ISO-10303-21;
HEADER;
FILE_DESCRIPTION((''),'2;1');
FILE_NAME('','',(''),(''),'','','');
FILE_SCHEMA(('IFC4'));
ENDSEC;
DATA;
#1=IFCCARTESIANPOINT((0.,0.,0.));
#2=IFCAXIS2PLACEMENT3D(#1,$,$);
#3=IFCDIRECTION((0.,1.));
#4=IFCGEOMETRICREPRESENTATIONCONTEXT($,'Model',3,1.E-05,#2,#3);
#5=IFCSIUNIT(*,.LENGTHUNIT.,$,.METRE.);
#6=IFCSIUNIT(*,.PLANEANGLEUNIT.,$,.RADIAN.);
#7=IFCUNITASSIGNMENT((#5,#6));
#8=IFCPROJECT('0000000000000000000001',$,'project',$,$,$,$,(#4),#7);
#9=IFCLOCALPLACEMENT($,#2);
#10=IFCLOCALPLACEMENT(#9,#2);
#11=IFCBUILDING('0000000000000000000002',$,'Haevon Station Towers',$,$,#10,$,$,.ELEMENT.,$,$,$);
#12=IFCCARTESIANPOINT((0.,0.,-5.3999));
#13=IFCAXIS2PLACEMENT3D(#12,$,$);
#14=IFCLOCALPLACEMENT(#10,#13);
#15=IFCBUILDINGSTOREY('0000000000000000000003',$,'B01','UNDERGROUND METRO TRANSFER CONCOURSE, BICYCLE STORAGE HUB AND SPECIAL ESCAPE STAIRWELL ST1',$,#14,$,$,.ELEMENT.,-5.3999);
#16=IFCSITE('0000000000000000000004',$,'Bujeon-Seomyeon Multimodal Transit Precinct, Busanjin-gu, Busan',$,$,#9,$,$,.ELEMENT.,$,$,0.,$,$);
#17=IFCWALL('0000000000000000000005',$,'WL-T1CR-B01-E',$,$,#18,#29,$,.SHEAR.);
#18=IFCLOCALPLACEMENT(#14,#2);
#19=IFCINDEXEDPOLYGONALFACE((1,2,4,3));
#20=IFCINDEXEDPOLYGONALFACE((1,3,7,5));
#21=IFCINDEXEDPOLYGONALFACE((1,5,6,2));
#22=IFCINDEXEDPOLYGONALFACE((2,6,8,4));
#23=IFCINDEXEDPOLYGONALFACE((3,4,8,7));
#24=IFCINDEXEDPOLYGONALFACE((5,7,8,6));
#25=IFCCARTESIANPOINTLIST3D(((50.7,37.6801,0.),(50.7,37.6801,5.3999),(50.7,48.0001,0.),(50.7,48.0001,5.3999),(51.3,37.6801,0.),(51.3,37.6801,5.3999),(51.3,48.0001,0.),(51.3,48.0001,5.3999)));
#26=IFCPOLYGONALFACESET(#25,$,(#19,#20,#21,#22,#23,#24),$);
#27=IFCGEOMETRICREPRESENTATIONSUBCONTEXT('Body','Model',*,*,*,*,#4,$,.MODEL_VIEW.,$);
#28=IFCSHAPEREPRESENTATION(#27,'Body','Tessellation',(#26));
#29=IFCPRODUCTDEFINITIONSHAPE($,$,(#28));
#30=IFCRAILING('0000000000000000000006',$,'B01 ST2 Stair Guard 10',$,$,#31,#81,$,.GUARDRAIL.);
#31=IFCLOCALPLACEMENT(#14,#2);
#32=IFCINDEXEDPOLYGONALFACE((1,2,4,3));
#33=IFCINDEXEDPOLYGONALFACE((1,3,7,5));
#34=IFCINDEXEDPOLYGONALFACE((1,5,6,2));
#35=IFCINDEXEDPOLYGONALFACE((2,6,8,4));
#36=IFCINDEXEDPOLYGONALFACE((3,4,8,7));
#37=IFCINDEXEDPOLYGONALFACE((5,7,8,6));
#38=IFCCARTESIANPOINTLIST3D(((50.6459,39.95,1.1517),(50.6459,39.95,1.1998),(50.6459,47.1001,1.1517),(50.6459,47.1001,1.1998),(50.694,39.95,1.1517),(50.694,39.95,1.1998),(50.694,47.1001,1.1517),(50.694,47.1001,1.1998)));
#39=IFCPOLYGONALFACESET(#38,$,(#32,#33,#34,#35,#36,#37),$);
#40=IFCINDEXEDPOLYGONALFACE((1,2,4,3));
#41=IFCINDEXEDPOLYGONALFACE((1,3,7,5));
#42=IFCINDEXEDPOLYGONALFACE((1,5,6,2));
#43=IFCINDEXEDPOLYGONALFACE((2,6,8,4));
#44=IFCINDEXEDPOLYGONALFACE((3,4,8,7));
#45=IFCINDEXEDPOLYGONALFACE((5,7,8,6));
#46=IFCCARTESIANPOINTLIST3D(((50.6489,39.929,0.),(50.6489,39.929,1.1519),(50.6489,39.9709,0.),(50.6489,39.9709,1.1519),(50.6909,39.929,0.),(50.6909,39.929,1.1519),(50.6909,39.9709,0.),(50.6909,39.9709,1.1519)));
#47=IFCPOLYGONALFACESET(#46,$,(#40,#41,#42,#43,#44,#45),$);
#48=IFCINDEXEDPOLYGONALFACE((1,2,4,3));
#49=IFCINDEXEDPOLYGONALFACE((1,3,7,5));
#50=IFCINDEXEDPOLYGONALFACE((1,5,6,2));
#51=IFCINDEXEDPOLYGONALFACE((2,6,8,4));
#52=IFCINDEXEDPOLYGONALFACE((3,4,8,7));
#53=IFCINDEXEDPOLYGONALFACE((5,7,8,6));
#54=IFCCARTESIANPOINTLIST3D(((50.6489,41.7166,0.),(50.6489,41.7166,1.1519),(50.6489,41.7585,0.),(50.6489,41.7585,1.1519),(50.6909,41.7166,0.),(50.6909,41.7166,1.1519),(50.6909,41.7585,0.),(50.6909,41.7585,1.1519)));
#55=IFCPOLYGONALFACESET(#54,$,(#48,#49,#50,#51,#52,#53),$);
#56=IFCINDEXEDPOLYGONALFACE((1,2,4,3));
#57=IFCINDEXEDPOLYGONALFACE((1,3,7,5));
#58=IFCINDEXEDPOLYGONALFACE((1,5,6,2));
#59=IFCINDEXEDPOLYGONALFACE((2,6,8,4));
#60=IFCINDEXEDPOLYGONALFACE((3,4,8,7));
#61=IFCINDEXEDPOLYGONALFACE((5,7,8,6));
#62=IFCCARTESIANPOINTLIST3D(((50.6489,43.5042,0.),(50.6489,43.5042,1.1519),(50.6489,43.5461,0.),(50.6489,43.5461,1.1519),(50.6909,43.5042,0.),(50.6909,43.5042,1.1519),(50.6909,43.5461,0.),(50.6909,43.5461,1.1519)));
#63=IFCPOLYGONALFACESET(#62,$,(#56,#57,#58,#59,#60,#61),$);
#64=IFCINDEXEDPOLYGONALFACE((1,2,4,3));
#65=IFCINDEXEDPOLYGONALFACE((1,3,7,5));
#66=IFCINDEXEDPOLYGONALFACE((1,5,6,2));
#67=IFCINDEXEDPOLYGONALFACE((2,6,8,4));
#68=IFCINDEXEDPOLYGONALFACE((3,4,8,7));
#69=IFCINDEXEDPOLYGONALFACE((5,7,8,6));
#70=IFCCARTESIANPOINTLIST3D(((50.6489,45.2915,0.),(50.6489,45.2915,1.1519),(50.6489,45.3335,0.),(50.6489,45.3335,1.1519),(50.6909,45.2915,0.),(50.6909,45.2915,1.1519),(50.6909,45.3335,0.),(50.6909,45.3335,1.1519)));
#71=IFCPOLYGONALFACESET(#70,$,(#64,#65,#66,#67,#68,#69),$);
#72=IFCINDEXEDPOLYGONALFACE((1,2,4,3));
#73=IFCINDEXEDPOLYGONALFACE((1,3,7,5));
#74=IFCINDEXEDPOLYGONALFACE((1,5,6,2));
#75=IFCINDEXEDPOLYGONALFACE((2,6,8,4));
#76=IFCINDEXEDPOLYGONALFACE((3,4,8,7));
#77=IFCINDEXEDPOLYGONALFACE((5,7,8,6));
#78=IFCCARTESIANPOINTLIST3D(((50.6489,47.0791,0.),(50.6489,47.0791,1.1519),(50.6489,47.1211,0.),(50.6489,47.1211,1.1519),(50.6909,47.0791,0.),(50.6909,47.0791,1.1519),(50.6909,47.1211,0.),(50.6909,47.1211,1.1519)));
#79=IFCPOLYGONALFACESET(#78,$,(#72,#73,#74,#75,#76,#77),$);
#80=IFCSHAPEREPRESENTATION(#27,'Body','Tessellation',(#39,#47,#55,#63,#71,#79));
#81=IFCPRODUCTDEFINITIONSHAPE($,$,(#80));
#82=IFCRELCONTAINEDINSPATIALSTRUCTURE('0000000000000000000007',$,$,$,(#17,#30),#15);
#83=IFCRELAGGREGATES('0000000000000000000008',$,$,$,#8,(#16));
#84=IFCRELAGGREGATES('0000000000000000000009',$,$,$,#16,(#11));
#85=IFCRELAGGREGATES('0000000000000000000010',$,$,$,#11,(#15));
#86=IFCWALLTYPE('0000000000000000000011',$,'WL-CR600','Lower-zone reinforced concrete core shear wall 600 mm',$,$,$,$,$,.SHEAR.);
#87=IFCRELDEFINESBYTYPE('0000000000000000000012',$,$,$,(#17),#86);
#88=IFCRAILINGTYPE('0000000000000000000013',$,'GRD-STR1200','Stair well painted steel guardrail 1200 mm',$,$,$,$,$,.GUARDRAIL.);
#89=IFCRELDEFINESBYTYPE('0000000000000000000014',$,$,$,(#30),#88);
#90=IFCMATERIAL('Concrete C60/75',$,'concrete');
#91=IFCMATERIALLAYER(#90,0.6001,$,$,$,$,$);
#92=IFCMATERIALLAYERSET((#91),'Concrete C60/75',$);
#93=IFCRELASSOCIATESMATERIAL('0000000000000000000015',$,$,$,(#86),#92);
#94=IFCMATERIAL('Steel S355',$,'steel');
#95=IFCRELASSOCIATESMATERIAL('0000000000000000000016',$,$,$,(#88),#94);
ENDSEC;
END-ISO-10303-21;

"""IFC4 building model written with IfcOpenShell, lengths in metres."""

from ifc_helpers import new_model, si_unit, direction, frame, frame_2d, origin, origin_2d, place, context, subcontext, project, spatial, rectangle, extrude, material, layer, layer_set, type_object, element, save


model = new_model("IFC4")

# Units and contexts
model_context = context("Model", 3, precision=1e-05, world=origin(), true_north=direction((0.0, 1.0)))
body_context = subcontext(model_context, "Body", "Model", "MODEL_VIEW")
ifc_project = project(units=[si_unit("LENGTHUNIT", "METRE"), si_unit("PLANEANGLEUNIT", "RADIAN")], contexts=[model_context])

# Site, building, storey
site_placement = place(None, origin())
site = spatial("IfcSite", under=ifc_project, at=site_placement, Name="Bujeon-Seomyeon Multimodal Transit Precinct, Busanjin-gu, Busan", CompositionType="ELEMENT", RefElevation=0.0)
building_placement = place(site_placement, origin())
building = spatial("IfcBuilding", under=site, at=building_placement, Name="Haevon Station Towers", CompositionType="ELEMENT")
storey_placement = place(building_placement, frame((0.0, 0.0, -5.3999)))
storey = spatial("IfcBuildingStorey", under=building, at=storey_placement, Name="B01", Description="UNDERGROUND METRO TRANSFER CONCOURSE, BICYCLE STORAGE HUB AND SPECIAL ESCAPE STAIRWELL ST1", CompositionType="ELEMENT", Elevation=-5.3999)

# Shared definitions
ifc_material_1 = material(Name="Steel S355", Category="steel")

# Wall
ifc_material_2 = material(Name="Concrete C60/75", Category="concrete")
ifc_layer = layer(ifc_material_2, 0.6001)
ifc_layer_set = layer_set([ifc_layer], Name="Concrete C60/75")
wall_type = type_object("IfcWallType", Name="WL-CR600", Description="Lower-zone reinforced concrete core shear wall 600 mm", PredefinedType="SHEAR", material=ifc_layer_set)
wall_placement = place(storey_placement, frame((51.0, 37.6799, 0.0), z_axis=(0.0, 0.0, 1.0), x_axis=(0.0, 1.0, 0.0)))
element("IfcWall", 1, at=wall_placement, inside=storey, type_object=wall_type, Name="WL-T1CR-B01-E", PredefinedType="SHEAR", context=body_context, shape_type="SweptSolid", body=[
    extrude(rectangle(XDim=10.3201, YDim=0.6001, at=frame_2d((5.1602, 0.0))), origin(), (0.0, 0.0, 1.0), 5.3999),
])

# Railing
railing_type = type_object("IfcRailingType", Name="GRD-STR1200", Description="Stair well painted steel guardrail 1200 mm", PredefinedType="GUARDRAIL", material=ifc_material_1)
railing_placement = place(storey_placement, frame((50.6699, 39.95, 0.0)))
element("IfcRailing", 2, at=railing_placement, inside=storey, type_object=railing_type, Name="B01 ST2 Stair Guard 10", PredefinedType="GUARDRAIL", context=body_context, shape_type="SweptSolid", body=[
    extrude(rectangle(XDim=0.0481, YDim=0.0481, at=origin_2d()), frame((0.0, 0.0, 1.1758), z_axis=(0.0, 1.0, 0.0), x_axis=(-1.0, 0.0, 0.0)), (0.0, 0.0, 1.0), 7.1501),
    extrude(rectangle(XDim=0.042, YDim=0.042, at=origin_2d()), origin(), (0.0, 0.0, 1.0), 1.1519),
    extrude(rectangle(XDim=0.042, YDim=0.042, at=origin_2d()), frame((0.0, 1.7876, 0.0)), (0.0, 0.0, 1.0), 1.1519),
    extrude(rectangle(XDim=0.042, YDim=0.042, at=origin_2d()), frame((0.0, 3.5752, 0.0)), (0.0, 0.0, 1.0), 1.1519),
    extrude(rectangle(XDim=0.042, YDim=0.042, at=origin_2d()), frame((0.0, 5.3625, 0.0)), (0.0, 0.0, 1.0), 1.1519),
    extrude(rectangle(XDim=0.042, YDim=0.042, at=origin_2d()), frame((0.0, 7.1501, 0.0)), (0.0, 0.0, 1.0), 1.1519),
])

save(model, "model.ifc")
